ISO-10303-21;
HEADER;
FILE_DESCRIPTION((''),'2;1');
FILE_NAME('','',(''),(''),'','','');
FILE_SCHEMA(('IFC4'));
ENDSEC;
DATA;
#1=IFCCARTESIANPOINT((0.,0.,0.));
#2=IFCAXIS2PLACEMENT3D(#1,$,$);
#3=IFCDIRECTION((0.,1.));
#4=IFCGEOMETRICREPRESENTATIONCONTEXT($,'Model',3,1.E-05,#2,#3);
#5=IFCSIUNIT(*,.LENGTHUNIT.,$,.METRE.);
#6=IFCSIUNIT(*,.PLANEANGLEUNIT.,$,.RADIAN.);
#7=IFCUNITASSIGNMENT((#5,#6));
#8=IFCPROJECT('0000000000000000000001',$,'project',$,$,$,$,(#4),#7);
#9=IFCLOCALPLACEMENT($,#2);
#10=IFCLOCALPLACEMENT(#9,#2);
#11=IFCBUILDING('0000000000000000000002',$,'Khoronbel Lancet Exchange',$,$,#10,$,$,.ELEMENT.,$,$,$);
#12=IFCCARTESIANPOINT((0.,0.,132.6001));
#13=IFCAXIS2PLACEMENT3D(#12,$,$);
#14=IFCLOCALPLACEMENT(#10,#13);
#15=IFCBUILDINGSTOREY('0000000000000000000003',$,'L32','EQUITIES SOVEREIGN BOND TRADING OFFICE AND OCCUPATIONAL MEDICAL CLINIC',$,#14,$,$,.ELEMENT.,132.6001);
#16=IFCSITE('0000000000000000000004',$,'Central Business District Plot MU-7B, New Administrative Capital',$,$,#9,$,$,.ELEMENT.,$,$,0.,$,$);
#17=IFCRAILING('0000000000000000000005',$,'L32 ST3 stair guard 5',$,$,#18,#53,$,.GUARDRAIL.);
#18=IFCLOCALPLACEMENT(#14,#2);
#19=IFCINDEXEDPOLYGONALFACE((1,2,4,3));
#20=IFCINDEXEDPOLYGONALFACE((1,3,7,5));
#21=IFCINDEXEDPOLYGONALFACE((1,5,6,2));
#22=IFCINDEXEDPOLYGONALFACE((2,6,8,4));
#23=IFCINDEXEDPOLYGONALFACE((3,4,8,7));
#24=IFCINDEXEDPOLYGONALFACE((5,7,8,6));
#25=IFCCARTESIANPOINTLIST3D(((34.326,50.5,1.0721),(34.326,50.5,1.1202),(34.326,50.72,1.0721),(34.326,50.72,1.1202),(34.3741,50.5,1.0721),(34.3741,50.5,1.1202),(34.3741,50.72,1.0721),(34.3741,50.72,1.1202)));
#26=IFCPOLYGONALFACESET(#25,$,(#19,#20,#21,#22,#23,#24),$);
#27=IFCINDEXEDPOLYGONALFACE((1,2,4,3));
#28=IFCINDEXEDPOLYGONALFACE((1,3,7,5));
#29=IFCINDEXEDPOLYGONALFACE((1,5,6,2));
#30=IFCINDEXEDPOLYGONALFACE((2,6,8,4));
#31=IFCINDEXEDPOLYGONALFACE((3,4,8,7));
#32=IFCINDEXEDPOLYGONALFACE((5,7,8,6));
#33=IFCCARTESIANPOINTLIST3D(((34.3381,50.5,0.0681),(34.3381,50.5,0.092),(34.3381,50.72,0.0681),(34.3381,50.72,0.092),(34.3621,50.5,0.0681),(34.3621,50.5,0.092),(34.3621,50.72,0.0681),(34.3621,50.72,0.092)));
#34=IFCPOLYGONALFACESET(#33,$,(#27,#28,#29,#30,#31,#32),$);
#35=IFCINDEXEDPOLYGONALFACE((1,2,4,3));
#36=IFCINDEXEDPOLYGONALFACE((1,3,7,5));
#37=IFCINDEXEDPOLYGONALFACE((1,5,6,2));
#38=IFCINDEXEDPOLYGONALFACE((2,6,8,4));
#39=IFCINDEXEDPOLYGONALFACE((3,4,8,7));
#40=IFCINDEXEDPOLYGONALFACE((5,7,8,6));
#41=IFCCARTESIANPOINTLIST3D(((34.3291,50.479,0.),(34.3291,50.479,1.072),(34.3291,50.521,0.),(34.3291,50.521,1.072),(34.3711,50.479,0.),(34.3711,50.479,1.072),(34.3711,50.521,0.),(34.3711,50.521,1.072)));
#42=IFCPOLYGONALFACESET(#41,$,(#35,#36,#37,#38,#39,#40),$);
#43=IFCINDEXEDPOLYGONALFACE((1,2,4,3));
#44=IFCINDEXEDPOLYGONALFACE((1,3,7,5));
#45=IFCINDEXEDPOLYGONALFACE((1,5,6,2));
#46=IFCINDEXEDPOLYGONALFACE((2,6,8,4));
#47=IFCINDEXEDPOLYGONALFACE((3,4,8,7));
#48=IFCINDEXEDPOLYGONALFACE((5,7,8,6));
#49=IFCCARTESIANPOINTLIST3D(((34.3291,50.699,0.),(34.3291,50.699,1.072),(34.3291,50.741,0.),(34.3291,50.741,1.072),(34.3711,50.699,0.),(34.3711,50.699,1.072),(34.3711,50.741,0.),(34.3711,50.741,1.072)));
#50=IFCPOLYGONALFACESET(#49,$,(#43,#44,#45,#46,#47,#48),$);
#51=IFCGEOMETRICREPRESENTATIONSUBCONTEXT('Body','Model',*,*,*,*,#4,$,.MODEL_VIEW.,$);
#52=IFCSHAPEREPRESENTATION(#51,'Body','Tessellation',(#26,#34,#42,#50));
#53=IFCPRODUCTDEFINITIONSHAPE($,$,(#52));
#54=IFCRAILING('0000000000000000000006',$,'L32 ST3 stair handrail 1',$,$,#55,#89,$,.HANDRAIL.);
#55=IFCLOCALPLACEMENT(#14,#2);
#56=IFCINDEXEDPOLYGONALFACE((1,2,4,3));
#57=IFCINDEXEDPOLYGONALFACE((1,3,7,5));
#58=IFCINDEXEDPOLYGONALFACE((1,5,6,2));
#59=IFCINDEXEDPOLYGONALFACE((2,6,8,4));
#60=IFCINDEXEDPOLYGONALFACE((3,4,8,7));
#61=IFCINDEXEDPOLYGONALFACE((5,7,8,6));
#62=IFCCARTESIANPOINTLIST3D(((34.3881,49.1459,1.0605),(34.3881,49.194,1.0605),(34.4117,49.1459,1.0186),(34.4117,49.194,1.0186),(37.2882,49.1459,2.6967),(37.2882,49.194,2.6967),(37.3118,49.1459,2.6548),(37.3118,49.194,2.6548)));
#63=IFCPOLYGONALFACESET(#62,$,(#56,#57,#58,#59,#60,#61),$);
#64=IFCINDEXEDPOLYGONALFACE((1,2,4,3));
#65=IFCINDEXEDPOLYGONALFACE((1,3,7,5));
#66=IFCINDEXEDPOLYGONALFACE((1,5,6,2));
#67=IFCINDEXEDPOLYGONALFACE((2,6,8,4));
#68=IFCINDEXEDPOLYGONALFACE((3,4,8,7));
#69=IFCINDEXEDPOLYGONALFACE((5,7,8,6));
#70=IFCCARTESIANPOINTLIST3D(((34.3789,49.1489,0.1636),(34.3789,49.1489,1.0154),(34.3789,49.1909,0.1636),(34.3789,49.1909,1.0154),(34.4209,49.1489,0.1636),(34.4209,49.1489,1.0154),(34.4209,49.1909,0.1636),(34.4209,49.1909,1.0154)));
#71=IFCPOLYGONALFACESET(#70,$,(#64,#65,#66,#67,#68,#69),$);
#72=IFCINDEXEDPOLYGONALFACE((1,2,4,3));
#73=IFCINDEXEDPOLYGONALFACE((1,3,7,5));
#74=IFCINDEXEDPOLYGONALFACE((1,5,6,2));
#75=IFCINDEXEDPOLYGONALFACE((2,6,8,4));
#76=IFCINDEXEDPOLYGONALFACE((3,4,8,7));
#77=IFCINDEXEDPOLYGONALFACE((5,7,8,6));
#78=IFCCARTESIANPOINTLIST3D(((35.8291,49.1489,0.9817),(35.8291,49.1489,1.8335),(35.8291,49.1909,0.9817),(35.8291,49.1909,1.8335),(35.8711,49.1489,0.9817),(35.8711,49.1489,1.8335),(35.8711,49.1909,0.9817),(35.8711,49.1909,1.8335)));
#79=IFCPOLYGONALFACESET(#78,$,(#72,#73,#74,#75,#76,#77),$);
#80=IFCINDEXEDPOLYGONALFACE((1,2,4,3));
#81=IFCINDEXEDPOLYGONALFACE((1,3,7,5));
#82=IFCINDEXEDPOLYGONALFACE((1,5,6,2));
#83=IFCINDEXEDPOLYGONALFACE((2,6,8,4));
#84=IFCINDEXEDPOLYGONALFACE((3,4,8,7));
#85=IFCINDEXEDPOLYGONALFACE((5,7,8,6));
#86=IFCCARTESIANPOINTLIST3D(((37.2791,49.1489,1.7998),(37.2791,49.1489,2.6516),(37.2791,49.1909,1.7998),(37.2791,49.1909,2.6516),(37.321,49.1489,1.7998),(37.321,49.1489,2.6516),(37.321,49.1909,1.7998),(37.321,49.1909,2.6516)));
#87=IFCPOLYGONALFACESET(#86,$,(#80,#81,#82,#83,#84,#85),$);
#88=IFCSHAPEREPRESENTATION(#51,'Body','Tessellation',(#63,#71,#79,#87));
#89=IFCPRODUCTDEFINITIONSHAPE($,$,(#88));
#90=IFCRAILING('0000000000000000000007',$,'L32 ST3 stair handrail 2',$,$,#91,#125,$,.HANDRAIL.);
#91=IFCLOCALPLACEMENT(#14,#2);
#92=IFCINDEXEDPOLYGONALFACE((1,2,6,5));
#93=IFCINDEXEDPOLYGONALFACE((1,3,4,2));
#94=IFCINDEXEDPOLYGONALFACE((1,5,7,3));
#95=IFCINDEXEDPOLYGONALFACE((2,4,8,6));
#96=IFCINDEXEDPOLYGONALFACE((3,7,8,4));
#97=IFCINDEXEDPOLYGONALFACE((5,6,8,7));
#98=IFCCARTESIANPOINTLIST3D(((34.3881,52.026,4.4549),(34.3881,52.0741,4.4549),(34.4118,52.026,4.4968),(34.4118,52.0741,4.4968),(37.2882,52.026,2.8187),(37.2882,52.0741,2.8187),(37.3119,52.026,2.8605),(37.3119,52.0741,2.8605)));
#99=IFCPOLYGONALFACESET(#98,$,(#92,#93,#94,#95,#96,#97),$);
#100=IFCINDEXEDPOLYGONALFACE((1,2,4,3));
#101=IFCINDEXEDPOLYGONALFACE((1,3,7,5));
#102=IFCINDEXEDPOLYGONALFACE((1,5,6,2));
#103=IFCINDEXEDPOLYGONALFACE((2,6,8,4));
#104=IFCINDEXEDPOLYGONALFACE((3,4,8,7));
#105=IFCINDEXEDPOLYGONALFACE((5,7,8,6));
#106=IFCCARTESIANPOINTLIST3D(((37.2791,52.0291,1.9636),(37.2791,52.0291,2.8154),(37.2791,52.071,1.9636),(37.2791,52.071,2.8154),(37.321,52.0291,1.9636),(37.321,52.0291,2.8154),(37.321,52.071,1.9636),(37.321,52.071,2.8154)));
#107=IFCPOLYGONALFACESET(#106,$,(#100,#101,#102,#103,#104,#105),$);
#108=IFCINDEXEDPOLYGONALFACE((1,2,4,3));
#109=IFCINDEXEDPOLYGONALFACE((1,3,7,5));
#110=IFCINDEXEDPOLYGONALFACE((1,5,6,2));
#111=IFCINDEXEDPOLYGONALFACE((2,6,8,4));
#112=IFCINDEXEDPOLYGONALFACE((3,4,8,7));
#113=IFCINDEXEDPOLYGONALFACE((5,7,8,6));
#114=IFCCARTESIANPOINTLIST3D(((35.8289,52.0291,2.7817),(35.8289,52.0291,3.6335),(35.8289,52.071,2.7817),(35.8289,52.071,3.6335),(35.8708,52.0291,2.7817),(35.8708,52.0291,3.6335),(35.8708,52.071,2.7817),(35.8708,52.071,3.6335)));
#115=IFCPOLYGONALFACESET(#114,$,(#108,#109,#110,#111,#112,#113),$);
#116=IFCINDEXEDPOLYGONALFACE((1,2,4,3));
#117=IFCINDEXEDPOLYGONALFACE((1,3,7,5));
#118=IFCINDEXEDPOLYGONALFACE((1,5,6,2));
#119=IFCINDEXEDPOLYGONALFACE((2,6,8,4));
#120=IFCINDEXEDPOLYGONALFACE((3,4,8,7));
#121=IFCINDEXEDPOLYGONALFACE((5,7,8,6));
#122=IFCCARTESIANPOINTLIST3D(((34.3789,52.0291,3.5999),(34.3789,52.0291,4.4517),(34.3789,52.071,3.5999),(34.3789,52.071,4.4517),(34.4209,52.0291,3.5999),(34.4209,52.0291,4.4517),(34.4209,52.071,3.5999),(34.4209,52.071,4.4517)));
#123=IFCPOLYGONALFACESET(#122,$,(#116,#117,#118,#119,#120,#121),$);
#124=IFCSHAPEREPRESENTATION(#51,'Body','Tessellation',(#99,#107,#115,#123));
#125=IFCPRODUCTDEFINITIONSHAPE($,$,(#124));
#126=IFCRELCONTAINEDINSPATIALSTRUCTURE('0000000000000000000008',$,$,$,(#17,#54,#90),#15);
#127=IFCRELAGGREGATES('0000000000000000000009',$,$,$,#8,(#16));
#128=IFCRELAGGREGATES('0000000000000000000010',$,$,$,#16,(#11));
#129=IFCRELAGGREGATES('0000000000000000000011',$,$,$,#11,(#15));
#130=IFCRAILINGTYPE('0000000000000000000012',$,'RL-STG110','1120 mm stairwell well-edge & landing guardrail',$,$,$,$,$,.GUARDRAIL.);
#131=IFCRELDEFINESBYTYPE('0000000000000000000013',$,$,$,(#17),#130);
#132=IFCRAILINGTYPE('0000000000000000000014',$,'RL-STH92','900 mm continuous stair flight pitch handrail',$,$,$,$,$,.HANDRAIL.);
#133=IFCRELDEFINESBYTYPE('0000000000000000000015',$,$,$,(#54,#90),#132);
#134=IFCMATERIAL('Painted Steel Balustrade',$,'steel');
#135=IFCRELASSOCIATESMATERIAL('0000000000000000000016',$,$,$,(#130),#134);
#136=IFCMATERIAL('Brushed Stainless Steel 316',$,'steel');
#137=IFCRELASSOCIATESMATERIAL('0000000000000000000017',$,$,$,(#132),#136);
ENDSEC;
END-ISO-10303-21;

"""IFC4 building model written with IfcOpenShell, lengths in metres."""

from ifc_helpers import new_model, si_unit, direction, frame, origin, origin_2d, place, context, subcontext, project, spatial, rectangle, extrude, material, type_object, element, save


model = new_model("IFC4")

# Units and contexts
model_context = context("Model", 3, precision=1e-05, world=origin(), true_north=direction((0.0, 1.0)))
body_context = subcontext(model_context, "Body", "Model", "MODEL_VIEW")
ifc_project = project(units=[si_unit("LENGTHUNIT", "METRE"), si_unit("PLANEANGLEUNIT", "RADIAN")], contexts=[model_context])

# Site, building, storey
site_placement = place(None, origin())
site = spatial("IfcSite", under=ifc_project, at=site_placement, Name="Central Business District Plot MU-7B, New Administrative Capital", CompositionType="ELEMENT", RefElevation=0.0)
building_placement = place(site_placement, origin())
building = spatial("IfcBuilding", under=site, at=building_placement, Name="Khoronbel Lancet Exchange", CompositionType="ELEMENT")
storey_placement = place(building_placement, frame((0.0, 0.0, 132.6001)))
storey = spatial("IfcBuildingStorey", under=building, at=storey_placement, Name="L32", Description="EQUITIES SOVEREIGN BOND TRADING OFFICE AND OCCUPATIONAL MEDICAL CLINIC", CompositionType="ELEMENT", Elevation=132.6001)

# Railings
ifc_material_1 = material(Name="Painted Steel Balustrade", Category="steel")
railing_type_1 = type_object("IfcRailingType", Name="RL-STG110", Description="1120 mm stairwell well-edge & landing guardrail", PredefinedType="GUARDRAIL", material=ifc_material_1)
railing_1_placement = place(storey_placement, frame((34.3501, 50.5, 0.0)))
element("IfcRailing", 1, at=railing_1_placement, inside=storey, type_object=railing_type_1, Name="L32 ST3 stair guard 5", PredefinedType="GUARDRAIL", context=body_context, shape_type="SweptSolid", body=[
    extrude(rectangle(XDim=0.0481, YDim=0.0481, at=origin_2d()), frame((0.0, 0.0, 1.0962), z_axis=(0.0, 1.0, 0.0), x_axis=(-1.0, 0.0, 0.0)), (0.0, 0.0, 1.0), 0.22),
    extrude(rectangle(XDim=0.0239, YDim=0.0239, at=origin_2d()), frame((0.0, 0.0, 0.0801), z_axis=(0.0, 1.0, 0.0), x_axis=(-1.0, 0.0, 0.0)), (0.0, 0.0, 1.0), 0.22),
    extrude(rectangle(XDim=0.042, YDim=0.042, at=origin_2d()), origin(), (0.0, 0.0, 1.0), 1.072),
    extrude(rectangle(XDim=0.042, YDim=0.042, at=origin_2d()), frame((0.0, 0.22, 0.0)), (0.0, 0.0, 1.0), 1.072),
])
ifc_material_2 = material(Name="Brushed Stainless Steel 316", Category="steel")
railing_type_2 = type_object("IfcRailingType", Name="RL-STH92", Description="900 mm continuous stair flight pitch handrail", PredefinedType="HANDRAIL", material=ifc_material_2)
railing_2_placement = place(storey_placement, frame((34.3999, 49.1699, 0.1636)))
element("IfcRailing", 2, at=railing_2_placement, inside=storey, type_object=railing_type_2, Name="L32 ST3 stair handrail 1", PredefinedType="HANDRAIL", context=body_context, shape_type="SweptSolid", body=[
    extrude(rectangle(XDim=0.0481, YDim=0.0481, at=origin_2d()), frame((0.0, 0.0, 0.876), z_axis=(0.870946, 0.0, 0.491378), x_axis=(0.0, 1.0, 0.0)), (0.0, 0.0, 1.0), 3.3298),
    extrude(rectangle(XDim=0.042, YDim=0.042, at=origin_2d()), origin(), (0.0, 0.0, 1.0), 0.8518),
    extrude(rectangle(XDim=0.042, YDim=0.042, at=origin_2d()), frame((1.4502, 0.0, 0.8181)), (0.0, 0.0, 1.0), 0.8518),
    extrude(rectangle(XDim=0.042, YDim=0.042, at=origin_2d()), frame((2.9001, 0.0, 1.6362)), (0.0, 0.0, 1.0), 0.8518),
])
railing_3_placement = place(storey_placement, frame((37.3, 52.05, 1.9636)))
element("IfcRailing", 3, at=railing_3_placement, inside=storey, type_object=railing_type_2, Name="L32 ST3 stair handrail 2", PredefinedType="HANDRAIL", context=body_context, shape_type="SweptSolid", body=[
    extrude(rectangle(XDim=0.0481, YDim=0.0481, at=origin_2d()), frame((0.0, 0.0, 0.876), z_axis=(-0.870946, 0.0, 0.491378), x_axis=(0.0, -1.0, 0.0)), (0.0, 0.0, 1.0), 3.3298),
    extrude(rectangle(XDim=0.042, YDim=0.042, at=origin_2d()), origin(), (0.0, 0.0, 1.0), 0.8518),
    extrude(rectangle(XDim=0.042, YDim=0.042, at=origin_2d()), frame((-1.4502, 0.0, 0.8181)), (0.0, 0.0, 1.0), 0.8518),
    extrude(rectangle(XDim=0.042, YDim=0.042, at=origin_2d()), frame((-2.9001, 0.0, 1.6362)), (0.0, 0.0, 1.0), 0.8518),
])

save(model, "model.ifc")
